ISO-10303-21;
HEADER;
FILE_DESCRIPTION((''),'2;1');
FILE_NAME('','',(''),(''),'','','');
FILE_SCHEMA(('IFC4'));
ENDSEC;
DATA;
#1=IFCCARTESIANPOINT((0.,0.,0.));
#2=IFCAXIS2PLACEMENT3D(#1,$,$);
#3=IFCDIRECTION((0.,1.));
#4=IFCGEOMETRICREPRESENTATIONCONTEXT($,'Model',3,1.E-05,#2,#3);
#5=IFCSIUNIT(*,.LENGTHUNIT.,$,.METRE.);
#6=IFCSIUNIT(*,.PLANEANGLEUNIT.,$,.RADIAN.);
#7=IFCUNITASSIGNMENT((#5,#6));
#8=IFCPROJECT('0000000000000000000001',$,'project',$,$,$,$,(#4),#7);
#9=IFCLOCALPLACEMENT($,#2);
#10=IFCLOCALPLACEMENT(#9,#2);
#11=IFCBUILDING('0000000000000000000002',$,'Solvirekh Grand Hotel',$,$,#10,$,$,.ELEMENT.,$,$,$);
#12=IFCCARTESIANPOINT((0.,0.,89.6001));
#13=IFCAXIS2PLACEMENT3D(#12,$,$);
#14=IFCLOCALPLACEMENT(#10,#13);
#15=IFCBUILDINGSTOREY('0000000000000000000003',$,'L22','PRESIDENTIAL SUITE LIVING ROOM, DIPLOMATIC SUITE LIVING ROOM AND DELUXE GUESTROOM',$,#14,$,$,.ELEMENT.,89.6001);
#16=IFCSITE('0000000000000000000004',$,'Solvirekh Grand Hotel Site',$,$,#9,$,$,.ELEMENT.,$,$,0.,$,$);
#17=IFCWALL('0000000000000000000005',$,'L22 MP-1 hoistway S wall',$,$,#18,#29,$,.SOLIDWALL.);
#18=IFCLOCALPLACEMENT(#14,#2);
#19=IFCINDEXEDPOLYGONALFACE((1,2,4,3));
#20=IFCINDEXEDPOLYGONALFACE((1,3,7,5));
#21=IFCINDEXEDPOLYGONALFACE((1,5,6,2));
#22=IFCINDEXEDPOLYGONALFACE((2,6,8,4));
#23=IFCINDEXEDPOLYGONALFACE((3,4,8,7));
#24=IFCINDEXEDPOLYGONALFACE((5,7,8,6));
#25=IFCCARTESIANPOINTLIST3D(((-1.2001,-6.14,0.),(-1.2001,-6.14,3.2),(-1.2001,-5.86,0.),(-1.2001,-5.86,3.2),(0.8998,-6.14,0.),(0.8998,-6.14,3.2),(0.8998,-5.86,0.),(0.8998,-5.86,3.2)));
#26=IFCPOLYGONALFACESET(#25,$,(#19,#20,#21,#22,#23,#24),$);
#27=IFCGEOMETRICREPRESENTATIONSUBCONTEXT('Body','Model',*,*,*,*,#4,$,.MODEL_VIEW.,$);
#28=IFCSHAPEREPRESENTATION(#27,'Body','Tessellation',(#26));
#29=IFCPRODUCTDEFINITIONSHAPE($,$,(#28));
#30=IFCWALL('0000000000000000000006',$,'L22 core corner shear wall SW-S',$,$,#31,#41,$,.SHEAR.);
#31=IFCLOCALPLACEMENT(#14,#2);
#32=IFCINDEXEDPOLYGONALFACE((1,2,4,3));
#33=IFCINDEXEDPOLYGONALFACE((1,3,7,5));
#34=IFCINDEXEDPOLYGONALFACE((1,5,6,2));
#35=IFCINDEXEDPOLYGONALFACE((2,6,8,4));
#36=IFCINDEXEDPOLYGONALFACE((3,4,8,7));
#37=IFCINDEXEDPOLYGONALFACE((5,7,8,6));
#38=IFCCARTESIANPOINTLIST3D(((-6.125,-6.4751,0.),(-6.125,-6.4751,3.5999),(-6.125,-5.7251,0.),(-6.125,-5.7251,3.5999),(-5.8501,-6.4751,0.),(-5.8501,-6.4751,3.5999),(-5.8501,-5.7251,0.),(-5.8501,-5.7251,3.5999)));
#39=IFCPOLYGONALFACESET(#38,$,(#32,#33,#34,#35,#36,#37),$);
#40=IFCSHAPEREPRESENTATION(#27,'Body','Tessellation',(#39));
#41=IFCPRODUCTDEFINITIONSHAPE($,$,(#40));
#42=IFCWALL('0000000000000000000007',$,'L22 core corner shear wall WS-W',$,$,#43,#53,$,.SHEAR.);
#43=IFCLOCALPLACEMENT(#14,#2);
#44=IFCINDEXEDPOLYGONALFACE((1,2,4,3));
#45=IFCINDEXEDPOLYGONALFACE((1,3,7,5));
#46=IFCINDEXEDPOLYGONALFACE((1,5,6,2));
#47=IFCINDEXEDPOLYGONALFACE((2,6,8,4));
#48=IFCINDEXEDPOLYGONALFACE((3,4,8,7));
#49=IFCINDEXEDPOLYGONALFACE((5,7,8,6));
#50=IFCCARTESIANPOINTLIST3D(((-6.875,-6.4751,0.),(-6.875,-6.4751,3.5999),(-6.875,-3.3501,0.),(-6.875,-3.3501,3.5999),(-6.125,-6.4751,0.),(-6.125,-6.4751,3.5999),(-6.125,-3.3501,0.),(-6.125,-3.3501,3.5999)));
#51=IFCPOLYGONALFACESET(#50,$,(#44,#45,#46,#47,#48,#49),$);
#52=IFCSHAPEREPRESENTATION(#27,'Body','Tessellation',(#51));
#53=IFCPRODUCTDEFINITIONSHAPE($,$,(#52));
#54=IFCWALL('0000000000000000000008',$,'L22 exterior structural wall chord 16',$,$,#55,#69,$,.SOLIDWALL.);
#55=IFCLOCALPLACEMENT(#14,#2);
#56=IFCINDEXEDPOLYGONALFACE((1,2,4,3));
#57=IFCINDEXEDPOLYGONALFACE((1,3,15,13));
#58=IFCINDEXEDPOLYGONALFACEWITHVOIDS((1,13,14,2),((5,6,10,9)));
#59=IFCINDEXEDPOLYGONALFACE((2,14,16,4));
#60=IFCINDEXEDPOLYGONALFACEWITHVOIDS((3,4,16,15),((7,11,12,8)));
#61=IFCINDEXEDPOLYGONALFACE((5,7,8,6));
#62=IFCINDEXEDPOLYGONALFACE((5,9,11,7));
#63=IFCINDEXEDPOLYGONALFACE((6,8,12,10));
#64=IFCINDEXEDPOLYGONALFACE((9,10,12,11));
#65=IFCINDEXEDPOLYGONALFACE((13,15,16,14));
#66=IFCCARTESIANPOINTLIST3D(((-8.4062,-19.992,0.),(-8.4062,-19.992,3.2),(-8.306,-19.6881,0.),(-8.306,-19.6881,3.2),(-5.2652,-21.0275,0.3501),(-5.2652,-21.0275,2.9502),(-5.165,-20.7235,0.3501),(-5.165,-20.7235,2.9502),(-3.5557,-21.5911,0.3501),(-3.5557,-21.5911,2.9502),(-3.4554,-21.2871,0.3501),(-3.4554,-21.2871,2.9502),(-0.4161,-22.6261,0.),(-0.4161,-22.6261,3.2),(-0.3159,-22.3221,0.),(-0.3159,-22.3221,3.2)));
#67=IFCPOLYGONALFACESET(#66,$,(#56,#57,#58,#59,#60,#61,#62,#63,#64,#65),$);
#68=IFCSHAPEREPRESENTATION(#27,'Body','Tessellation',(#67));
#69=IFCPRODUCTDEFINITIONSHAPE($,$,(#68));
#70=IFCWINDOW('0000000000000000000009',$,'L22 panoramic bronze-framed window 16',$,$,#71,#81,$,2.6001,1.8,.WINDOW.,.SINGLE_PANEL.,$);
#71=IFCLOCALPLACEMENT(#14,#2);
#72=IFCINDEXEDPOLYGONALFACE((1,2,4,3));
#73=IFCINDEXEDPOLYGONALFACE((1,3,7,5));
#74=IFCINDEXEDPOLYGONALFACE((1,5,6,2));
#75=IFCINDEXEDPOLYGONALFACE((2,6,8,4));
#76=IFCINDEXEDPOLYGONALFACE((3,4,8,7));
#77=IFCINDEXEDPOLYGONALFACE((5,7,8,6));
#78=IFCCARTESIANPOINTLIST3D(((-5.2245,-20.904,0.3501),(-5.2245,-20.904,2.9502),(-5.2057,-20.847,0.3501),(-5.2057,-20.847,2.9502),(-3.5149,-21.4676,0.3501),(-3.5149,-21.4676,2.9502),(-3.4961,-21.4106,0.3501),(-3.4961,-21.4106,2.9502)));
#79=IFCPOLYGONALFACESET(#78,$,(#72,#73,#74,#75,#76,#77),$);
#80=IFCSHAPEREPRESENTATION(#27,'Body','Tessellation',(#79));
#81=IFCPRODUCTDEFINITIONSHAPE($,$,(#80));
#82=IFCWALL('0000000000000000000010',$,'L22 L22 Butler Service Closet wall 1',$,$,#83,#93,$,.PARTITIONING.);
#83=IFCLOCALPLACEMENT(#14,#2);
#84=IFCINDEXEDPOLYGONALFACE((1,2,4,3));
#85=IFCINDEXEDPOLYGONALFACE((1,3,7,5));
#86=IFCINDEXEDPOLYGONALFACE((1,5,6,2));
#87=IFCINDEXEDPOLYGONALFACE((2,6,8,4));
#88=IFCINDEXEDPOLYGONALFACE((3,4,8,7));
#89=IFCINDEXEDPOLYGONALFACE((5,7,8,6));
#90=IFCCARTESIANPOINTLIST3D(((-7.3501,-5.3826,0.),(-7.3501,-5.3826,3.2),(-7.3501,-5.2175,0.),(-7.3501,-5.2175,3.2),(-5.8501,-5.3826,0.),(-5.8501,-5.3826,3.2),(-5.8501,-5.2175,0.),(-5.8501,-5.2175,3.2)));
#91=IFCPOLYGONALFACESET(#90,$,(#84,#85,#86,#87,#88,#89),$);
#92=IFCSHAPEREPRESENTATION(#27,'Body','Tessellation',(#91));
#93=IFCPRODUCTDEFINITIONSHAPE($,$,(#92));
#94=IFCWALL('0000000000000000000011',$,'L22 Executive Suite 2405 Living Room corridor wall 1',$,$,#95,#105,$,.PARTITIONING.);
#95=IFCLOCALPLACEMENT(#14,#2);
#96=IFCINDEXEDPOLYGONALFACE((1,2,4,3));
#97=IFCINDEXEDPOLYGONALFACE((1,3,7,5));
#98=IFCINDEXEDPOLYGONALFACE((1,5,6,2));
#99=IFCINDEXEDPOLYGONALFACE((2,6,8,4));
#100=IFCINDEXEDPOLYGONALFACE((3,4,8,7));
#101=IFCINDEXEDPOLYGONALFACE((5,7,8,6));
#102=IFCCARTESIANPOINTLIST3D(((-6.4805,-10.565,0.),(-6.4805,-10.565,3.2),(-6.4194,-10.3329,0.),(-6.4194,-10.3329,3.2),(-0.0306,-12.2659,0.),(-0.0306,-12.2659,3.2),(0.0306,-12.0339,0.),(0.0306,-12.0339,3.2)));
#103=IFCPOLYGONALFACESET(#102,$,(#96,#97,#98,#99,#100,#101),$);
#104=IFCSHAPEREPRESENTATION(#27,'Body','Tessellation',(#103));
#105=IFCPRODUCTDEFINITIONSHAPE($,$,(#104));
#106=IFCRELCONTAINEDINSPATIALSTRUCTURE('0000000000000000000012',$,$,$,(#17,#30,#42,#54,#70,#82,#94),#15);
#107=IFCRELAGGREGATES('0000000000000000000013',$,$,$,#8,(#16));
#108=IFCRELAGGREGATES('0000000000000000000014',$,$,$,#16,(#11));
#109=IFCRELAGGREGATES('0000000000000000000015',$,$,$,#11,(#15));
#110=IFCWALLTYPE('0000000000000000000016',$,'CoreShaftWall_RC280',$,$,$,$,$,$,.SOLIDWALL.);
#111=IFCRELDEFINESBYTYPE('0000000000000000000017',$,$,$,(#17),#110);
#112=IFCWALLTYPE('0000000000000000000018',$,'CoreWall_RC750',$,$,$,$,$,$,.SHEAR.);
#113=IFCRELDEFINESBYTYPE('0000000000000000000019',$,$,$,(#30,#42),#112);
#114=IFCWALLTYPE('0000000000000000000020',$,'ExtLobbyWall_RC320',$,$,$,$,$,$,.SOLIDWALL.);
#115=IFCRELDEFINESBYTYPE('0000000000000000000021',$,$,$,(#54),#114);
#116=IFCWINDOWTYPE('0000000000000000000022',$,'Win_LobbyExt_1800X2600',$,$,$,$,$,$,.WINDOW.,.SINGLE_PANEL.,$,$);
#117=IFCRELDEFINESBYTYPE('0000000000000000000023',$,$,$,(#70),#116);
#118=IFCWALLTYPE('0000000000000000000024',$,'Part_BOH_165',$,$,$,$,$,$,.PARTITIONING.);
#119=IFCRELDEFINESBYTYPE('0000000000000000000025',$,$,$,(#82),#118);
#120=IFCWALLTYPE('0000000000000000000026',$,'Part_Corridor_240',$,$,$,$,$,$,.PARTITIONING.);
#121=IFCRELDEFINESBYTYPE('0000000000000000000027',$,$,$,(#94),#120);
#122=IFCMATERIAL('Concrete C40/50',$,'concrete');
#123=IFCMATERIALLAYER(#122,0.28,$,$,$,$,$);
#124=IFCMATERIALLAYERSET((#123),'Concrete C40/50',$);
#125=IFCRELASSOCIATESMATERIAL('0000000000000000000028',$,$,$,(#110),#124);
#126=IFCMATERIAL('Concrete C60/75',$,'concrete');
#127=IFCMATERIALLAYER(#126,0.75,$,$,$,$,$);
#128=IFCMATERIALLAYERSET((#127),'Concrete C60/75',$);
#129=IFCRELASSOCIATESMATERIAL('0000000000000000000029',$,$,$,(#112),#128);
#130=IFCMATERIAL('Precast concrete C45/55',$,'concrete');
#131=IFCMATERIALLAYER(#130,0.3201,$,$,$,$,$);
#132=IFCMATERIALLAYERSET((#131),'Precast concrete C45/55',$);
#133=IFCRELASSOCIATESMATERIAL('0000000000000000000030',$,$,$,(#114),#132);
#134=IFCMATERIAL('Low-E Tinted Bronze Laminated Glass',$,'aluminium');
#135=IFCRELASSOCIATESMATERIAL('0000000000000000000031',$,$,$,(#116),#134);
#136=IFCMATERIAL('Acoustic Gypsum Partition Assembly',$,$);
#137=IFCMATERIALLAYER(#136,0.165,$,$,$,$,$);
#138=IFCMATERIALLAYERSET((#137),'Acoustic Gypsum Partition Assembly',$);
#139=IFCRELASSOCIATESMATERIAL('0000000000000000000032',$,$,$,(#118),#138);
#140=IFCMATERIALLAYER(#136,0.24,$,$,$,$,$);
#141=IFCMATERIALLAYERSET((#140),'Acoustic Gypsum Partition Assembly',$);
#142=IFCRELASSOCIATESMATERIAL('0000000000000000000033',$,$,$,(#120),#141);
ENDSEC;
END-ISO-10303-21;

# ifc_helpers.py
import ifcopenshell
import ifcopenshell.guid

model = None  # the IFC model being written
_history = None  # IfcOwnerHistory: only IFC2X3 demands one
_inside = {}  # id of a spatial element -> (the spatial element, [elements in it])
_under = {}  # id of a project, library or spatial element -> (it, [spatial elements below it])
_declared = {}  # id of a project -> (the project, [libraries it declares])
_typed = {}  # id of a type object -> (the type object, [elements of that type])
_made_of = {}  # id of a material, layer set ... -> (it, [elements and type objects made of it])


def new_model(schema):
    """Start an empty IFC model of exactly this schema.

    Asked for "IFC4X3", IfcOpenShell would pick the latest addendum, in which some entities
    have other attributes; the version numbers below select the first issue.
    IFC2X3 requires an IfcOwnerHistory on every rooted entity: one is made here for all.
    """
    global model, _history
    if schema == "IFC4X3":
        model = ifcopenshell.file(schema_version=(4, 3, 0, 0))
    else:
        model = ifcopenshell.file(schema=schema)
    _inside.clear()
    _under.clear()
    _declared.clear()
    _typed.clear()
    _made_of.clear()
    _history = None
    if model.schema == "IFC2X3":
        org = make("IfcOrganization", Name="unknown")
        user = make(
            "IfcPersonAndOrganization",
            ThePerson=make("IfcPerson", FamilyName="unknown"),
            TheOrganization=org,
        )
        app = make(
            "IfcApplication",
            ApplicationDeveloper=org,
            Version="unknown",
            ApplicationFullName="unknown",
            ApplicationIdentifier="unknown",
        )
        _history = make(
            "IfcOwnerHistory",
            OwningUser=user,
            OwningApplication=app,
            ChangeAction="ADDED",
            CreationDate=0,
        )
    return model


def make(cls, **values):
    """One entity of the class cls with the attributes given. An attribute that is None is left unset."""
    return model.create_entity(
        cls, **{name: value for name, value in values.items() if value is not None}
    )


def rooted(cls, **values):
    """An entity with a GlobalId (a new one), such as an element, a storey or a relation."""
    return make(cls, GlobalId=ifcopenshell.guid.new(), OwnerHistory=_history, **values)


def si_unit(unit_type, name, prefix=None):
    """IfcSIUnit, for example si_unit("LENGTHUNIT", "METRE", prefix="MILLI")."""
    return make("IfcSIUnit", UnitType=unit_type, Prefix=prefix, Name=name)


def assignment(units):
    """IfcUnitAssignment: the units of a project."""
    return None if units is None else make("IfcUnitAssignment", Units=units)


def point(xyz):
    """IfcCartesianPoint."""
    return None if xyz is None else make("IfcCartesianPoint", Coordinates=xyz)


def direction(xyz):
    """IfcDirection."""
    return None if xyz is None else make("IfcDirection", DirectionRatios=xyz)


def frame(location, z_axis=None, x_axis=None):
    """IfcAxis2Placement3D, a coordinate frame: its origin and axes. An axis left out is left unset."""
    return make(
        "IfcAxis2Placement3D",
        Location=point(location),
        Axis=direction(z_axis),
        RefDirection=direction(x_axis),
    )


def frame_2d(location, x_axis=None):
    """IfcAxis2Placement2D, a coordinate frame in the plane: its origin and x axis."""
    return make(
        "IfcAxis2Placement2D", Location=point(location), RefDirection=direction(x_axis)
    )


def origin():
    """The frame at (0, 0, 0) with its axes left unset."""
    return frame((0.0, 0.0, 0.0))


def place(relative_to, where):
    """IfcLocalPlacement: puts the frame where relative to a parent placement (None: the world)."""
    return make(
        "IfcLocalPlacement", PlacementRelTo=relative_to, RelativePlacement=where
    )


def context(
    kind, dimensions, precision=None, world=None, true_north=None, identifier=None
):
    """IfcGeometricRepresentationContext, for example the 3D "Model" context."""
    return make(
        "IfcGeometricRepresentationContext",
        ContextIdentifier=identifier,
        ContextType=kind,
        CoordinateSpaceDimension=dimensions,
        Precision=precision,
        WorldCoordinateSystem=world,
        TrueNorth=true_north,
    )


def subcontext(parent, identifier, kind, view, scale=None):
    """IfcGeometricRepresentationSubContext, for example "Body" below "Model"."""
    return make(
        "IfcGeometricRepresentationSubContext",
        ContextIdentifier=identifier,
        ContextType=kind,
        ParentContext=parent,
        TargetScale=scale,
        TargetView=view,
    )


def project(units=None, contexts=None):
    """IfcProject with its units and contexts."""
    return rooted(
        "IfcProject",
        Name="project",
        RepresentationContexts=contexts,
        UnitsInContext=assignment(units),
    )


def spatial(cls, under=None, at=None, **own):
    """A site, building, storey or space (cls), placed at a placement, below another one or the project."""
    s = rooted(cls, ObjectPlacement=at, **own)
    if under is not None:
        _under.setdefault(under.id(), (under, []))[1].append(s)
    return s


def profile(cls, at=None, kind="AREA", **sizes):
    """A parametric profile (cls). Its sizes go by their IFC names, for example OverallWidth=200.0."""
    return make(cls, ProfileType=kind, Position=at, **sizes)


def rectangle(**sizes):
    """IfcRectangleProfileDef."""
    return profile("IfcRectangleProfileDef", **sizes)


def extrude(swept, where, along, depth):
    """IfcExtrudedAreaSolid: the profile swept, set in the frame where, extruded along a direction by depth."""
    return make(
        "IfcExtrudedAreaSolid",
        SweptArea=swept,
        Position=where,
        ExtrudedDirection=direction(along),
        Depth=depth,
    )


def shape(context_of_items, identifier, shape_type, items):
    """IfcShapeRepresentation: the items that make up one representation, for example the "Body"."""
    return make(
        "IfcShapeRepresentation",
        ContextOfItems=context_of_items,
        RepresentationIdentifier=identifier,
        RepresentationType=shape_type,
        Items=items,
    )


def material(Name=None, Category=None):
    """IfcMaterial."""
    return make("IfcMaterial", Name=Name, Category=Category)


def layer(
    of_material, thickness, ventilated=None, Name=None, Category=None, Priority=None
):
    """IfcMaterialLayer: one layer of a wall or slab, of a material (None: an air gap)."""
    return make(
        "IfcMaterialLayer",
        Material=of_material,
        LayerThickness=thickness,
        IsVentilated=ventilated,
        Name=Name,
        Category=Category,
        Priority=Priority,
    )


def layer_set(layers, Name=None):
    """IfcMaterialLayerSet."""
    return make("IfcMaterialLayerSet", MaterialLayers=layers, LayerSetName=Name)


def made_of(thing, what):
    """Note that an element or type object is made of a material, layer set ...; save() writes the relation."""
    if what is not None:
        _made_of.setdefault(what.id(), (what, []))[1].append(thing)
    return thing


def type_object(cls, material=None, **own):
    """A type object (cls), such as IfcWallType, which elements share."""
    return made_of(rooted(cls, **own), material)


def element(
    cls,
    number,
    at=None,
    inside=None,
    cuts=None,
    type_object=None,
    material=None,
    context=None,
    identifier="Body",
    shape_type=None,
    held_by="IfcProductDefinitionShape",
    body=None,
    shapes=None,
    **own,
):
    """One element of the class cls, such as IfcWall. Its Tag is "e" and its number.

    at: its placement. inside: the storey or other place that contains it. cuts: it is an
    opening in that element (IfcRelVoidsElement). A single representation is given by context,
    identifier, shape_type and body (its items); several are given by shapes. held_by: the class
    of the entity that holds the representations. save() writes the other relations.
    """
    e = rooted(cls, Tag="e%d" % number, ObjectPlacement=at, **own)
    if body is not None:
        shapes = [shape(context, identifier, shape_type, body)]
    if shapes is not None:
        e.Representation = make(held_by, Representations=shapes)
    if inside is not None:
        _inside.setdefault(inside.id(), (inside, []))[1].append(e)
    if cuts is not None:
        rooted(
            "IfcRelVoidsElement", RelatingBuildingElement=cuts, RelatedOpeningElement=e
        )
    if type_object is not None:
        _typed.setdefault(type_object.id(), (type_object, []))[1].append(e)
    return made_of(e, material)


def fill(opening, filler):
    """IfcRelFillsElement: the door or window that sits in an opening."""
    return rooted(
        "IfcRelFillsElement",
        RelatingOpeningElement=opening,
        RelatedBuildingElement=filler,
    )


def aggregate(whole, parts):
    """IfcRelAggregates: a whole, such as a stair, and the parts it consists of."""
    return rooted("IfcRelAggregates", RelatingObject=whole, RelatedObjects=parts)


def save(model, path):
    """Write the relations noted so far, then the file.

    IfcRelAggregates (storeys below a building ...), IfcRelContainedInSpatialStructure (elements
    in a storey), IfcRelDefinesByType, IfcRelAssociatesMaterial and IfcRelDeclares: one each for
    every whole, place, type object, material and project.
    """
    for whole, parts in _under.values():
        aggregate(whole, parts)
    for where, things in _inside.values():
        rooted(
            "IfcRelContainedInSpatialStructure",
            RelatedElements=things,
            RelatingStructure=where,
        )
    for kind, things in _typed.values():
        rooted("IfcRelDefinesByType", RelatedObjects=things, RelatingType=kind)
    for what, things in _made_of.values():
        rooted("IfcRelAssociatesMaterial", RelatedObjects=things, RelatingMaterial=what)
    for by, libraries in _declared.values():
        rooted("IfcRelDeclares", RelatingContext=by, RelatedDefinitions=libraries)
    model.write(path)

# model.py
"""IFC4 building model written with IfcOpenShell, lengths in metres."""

from ifc_helpers import new_model, si_unit, direction, frame, frame_2d, origin, place, context, subcontext, project, spatial, rectangle, extrude, material, layer, layer_set, type_object, element, fill, save


model = new_model("IFC4")

# Units and contexts
model_context = context("Model", 3, precision=1e-05, world=origin(), true_north=direction((0.0, 1.0)))
body_context = subcontext(model_context, "Body", "Model", "MODEL_VIEW")
ifc_project = project(units=[si_unit("LENGTHUNIT", "METRE"), si_unit("PLANEANGLEUNIT", "RADIAN")], contexts=[model_context])

# Site, building, storey
site_placement = place(None, origin())
site = spatial("IfcSite", under=ifc_project, at=site_placement, Name="Solvirekh Grand Hotel Site", CompositionType="ELEMENT", RefElevation=0.0)
building_placement = place(site_placement, origin())
building = spatial("IfcBuilding", under=site, at=building_placement, Name="Solvirekh Grand Hotel", CompositionType="ELEMENT")
storey_placement = place(building_placement, frame((0.0, 0.0, 89.6001)))
storey = spatial("IfcBuildingStorey", under=building, at=storey_placement, Name="L22", Description="PRESIDENTIAL SUITE LIVING ROOM, DIPLOMATIC SUITE LIVING ROOM AND DELUXE GUESTROOM", CompositionType="ELEMENT", Elevation=89.6001)

# Shared definitions
ifc_material_1 = material(Name="Concrete C60/75", Category="concrete")

# Shared definitions
ifc_material_2 = material(Name="Concrete C40/50", Category="concrete")
ifc_layer_1 = layer(ifc_material_2, 0.28)
ifc_layer_set_1 = layer_set([ifc_layer_1], Name="Concrete C40/50")
wall_type_1 = type_object("IfcWallType", Name="CoreShaftWall_RC280", PredefinedType="SOLIDWALL", material=ifc_layer_set_1)

# Walls
wall_1_placement = place(storey_placement, frame((-1.2, -6.0, 0.0), z_axis=(0.0, 0.0, 1.0), x_axis=(1.0, 0.0, 0.0)))
element("IfcWall", 1, at=wall_1_placement, inside=storey, type_object=wall_type_1, Name="L22 MP-1 hoistway S wall", PredefinedType="SOLIDWALL", context=body_context, shape_type="SweptSolid", body=[
    extrude(rectangle(XDim=2.0999, YDim=0.28, at=frame_2d((1.0498, 0.0))), origin(), (0.0, 0.0, 1.0), 3.2),
])
ifc_layer_2 = layer(ifc_material_1, 0.75)
ifc_layer_set_2 = layer_set([ifc_layer_2], Name="Concrete C60/75")
wall_type_2 = type_object("IfcWallType", Name="CoreWall_RC750", PredefinedType="SHEAR", material=ifc_layer_set_2)
wall_2_placement = place(storey_placement, frame((-6.125, -6.1001, 0.0), z_axis=(0.0, 0.0, 1.0), x_axis=(1.0, 0.0, 0.0)))
element("IfcWall", 2, at=wall_2_placement, inside=storey, type_object=wall_type_2, Name="L22 core corner shear wall SW-S", PredefinedType="SHEAR", context=body_context, shape_type="SweptSolid", body=[
    extrude(rectangle(XDim=0.2749, YDim=0.75, at=frame_2d((0.1375, 0.0))), origin(), (0.0, 0.0, 1.0), 3.5999),
])
wall_3_placement = place(storey_placement, frame((-6.5, -6.4751, 0.0), z_axis=(0.0, 0.0, 1.0), x_axis=(0.0, 1.0, 0.0)))
element("IfcWall", 3, at=wall_3_placement, inside=storey, type_object=wall_type_2, Name="L22 core corner shear wall WS-W", PredefinedType="SHEAR", context=body_context, shape_type="SweptSolid", body=[
    extrude(rectangle(XDim=3.125, YDim=0.75, at=frame_2d((1.5625, 0.0))), origin(), (0.0, 0.0, 1.0), 3.5999),
])

# Wall, opening, window
ifc_material_3 = material(Name="Precast concrete C45/55", Category="concrete")
ifc_layer_3 = layer(ifc_material_3, 0.3201)
ifc_layer_set_3 = layer_set([ifc_layer_3], Name="Precast concrete C45/55")
wall_type_3 = type_object("IfcWallType", Name="ExtLobbyWall_RC320", PredefinedType="SOLIDWALL", material=ifc_layer_set_3)
wall_4_placement = place(storey_placement, frame((-0.366, -22.4741, 0.0), z_axis=(0.0, 0.0, 1.0), x_axis=(-0.949723, 0.313092, 0.0)))
wall_4 = element("IfcWall", 4, at=wall_4_placement, inside=storey, type_object=wall_type_3, Name="L22 exterior structural wall chord 16", PredefinedType="SOLIDWALL", context=body_context, shape_type="SweptSolid", body=[
    extrude(rectangle(XDim=8.4131, YDim=0.3201, at=frame_2d((4.2065, 0.0))), origin(), (0.0, 0.0, 1.0), 3.2),
])
opening_1_placement = place(wall_4_placement, frame((3.3059, 0.0, 0.3501)))
opening_1 = element("IfcOpeningElement", 5, at=opening_1_placement, cuts=wall_4, PredefinedType="OPENING", context=body_context, shape_type="SweptSolid", body=[
    extrude(rectangle(XDim=1.8, YDim=2.6001, at=frame_2d((0.8999, 1.3))), frame((0.0, 0.1699, 0.0), z_axis=(0.0, -1.0, 0.0), x_axis=(1.0, 0.0, 0.0)), (0.0, 0.0, 1.0), 0.3401),
])
ifc_material_4 = material(Name="Low-E Tinted Bronze Laminated Glass", Category="aluminium")
window_type = type_object("IfcWindowType", Name="Win_LobbyExt_1800X2600", PartitioningType="SINGLE_PANEL", PredefinedType="WINDOW", material=ifc_material_4)
window_placement = place(opening_1_placement, origin())
window = element("IfcWindow", 6, at=window_placement, inside=storey, type_object=window_type, Name="L22 panoramic bronze-framed window 16", OverallHeight=2.6001, OverallWidth=1.8, PartitioningType="SINGLE_PANEL", PredefinedType="WINDOW", context=body_context, shape_type="SweptSolid", body=[
    extrude(rectangle(XDim=1.8, YDim=2.6001, at=frame_2d((0.8999, 1.3))), frame((0.0, 0.03, 0.0), z_axis=(0.0, -1.0, 0.0), x_axis=(1.0, 0.0, 0.0)), (0.0, 0.0, 1.0), 0.0601),
])
fill(opening_1, window)

# Walls
ifc_material_5 = material(Name="Acoustic Gypsum Partition Assembly")
ifc_layer_4 = layer(ifc_material_5, 0.165)
ifc_layer_set_4 = layer_set([ifc_layer_4], Name="Acoustic Gypsum Partition Assembly")
wall_type_4 = type_object("IfcWallType", Name="Part_BOH_165", PredefinedType="PARTITIONING", material=ifc_layer_set_4)
wall_5_placement = place(storey_placement, frame((-7.3501, -5.3, 0.0), z_axis=(0.0, 0.0, 1.0), x_axis=(1.0, 0.0, 0.0)))
element("IfcWall", 7, at=wall_5_placement, inside=storey, type_object=wall_type_4, Name="L22 L22 Butler Service Closet wall 1", PredefinedType="PARTITIONING", context=body_context, shape_type="SweptSolid", body=[
    extrude(rectangle(XDim=1.5, YDim=0.165, at=frame_2d((0.75, 0.0))), origin(), (0.0, 0.0, 1.0), 3.2),
])
ifc_layer_5 = layer(ifc_material_5, 0.24)
ifc_layer_set_5 = layer_set([ifc_layer_5], Name="Acoustic Gypsum Partition Assembly")
wall_type_5 = type_object("IfcWallType", Name="Part_Corridor_240", PredefinedType="PARTITIONING", material=ifc_layer_set_5)
wall_6_placement = place(storey_placement, frame((-6.45, -10.449, 0.0), z_axis=(0.0, 0.0, 1.0), x_axis=(0.966943, -0.254994, 0.0)))
element("IfcWall", 8, at=wall_6_placement, inside=storey, type_object=wall_type_5, Name="L22 Executive Suite 2405 Living Room corridor wall 1", PredefinedType="PARTITIONING", context=body_context, shape_type="SweptSolid", body=[
    extrude(rectangle(XDim=6.6704, YDim=0.24, at=frame_2d((3.3352, 0.0))), origin(), (0.0, 0.0, 1.0), 3.2),
])

save(model, "model.ifc")
